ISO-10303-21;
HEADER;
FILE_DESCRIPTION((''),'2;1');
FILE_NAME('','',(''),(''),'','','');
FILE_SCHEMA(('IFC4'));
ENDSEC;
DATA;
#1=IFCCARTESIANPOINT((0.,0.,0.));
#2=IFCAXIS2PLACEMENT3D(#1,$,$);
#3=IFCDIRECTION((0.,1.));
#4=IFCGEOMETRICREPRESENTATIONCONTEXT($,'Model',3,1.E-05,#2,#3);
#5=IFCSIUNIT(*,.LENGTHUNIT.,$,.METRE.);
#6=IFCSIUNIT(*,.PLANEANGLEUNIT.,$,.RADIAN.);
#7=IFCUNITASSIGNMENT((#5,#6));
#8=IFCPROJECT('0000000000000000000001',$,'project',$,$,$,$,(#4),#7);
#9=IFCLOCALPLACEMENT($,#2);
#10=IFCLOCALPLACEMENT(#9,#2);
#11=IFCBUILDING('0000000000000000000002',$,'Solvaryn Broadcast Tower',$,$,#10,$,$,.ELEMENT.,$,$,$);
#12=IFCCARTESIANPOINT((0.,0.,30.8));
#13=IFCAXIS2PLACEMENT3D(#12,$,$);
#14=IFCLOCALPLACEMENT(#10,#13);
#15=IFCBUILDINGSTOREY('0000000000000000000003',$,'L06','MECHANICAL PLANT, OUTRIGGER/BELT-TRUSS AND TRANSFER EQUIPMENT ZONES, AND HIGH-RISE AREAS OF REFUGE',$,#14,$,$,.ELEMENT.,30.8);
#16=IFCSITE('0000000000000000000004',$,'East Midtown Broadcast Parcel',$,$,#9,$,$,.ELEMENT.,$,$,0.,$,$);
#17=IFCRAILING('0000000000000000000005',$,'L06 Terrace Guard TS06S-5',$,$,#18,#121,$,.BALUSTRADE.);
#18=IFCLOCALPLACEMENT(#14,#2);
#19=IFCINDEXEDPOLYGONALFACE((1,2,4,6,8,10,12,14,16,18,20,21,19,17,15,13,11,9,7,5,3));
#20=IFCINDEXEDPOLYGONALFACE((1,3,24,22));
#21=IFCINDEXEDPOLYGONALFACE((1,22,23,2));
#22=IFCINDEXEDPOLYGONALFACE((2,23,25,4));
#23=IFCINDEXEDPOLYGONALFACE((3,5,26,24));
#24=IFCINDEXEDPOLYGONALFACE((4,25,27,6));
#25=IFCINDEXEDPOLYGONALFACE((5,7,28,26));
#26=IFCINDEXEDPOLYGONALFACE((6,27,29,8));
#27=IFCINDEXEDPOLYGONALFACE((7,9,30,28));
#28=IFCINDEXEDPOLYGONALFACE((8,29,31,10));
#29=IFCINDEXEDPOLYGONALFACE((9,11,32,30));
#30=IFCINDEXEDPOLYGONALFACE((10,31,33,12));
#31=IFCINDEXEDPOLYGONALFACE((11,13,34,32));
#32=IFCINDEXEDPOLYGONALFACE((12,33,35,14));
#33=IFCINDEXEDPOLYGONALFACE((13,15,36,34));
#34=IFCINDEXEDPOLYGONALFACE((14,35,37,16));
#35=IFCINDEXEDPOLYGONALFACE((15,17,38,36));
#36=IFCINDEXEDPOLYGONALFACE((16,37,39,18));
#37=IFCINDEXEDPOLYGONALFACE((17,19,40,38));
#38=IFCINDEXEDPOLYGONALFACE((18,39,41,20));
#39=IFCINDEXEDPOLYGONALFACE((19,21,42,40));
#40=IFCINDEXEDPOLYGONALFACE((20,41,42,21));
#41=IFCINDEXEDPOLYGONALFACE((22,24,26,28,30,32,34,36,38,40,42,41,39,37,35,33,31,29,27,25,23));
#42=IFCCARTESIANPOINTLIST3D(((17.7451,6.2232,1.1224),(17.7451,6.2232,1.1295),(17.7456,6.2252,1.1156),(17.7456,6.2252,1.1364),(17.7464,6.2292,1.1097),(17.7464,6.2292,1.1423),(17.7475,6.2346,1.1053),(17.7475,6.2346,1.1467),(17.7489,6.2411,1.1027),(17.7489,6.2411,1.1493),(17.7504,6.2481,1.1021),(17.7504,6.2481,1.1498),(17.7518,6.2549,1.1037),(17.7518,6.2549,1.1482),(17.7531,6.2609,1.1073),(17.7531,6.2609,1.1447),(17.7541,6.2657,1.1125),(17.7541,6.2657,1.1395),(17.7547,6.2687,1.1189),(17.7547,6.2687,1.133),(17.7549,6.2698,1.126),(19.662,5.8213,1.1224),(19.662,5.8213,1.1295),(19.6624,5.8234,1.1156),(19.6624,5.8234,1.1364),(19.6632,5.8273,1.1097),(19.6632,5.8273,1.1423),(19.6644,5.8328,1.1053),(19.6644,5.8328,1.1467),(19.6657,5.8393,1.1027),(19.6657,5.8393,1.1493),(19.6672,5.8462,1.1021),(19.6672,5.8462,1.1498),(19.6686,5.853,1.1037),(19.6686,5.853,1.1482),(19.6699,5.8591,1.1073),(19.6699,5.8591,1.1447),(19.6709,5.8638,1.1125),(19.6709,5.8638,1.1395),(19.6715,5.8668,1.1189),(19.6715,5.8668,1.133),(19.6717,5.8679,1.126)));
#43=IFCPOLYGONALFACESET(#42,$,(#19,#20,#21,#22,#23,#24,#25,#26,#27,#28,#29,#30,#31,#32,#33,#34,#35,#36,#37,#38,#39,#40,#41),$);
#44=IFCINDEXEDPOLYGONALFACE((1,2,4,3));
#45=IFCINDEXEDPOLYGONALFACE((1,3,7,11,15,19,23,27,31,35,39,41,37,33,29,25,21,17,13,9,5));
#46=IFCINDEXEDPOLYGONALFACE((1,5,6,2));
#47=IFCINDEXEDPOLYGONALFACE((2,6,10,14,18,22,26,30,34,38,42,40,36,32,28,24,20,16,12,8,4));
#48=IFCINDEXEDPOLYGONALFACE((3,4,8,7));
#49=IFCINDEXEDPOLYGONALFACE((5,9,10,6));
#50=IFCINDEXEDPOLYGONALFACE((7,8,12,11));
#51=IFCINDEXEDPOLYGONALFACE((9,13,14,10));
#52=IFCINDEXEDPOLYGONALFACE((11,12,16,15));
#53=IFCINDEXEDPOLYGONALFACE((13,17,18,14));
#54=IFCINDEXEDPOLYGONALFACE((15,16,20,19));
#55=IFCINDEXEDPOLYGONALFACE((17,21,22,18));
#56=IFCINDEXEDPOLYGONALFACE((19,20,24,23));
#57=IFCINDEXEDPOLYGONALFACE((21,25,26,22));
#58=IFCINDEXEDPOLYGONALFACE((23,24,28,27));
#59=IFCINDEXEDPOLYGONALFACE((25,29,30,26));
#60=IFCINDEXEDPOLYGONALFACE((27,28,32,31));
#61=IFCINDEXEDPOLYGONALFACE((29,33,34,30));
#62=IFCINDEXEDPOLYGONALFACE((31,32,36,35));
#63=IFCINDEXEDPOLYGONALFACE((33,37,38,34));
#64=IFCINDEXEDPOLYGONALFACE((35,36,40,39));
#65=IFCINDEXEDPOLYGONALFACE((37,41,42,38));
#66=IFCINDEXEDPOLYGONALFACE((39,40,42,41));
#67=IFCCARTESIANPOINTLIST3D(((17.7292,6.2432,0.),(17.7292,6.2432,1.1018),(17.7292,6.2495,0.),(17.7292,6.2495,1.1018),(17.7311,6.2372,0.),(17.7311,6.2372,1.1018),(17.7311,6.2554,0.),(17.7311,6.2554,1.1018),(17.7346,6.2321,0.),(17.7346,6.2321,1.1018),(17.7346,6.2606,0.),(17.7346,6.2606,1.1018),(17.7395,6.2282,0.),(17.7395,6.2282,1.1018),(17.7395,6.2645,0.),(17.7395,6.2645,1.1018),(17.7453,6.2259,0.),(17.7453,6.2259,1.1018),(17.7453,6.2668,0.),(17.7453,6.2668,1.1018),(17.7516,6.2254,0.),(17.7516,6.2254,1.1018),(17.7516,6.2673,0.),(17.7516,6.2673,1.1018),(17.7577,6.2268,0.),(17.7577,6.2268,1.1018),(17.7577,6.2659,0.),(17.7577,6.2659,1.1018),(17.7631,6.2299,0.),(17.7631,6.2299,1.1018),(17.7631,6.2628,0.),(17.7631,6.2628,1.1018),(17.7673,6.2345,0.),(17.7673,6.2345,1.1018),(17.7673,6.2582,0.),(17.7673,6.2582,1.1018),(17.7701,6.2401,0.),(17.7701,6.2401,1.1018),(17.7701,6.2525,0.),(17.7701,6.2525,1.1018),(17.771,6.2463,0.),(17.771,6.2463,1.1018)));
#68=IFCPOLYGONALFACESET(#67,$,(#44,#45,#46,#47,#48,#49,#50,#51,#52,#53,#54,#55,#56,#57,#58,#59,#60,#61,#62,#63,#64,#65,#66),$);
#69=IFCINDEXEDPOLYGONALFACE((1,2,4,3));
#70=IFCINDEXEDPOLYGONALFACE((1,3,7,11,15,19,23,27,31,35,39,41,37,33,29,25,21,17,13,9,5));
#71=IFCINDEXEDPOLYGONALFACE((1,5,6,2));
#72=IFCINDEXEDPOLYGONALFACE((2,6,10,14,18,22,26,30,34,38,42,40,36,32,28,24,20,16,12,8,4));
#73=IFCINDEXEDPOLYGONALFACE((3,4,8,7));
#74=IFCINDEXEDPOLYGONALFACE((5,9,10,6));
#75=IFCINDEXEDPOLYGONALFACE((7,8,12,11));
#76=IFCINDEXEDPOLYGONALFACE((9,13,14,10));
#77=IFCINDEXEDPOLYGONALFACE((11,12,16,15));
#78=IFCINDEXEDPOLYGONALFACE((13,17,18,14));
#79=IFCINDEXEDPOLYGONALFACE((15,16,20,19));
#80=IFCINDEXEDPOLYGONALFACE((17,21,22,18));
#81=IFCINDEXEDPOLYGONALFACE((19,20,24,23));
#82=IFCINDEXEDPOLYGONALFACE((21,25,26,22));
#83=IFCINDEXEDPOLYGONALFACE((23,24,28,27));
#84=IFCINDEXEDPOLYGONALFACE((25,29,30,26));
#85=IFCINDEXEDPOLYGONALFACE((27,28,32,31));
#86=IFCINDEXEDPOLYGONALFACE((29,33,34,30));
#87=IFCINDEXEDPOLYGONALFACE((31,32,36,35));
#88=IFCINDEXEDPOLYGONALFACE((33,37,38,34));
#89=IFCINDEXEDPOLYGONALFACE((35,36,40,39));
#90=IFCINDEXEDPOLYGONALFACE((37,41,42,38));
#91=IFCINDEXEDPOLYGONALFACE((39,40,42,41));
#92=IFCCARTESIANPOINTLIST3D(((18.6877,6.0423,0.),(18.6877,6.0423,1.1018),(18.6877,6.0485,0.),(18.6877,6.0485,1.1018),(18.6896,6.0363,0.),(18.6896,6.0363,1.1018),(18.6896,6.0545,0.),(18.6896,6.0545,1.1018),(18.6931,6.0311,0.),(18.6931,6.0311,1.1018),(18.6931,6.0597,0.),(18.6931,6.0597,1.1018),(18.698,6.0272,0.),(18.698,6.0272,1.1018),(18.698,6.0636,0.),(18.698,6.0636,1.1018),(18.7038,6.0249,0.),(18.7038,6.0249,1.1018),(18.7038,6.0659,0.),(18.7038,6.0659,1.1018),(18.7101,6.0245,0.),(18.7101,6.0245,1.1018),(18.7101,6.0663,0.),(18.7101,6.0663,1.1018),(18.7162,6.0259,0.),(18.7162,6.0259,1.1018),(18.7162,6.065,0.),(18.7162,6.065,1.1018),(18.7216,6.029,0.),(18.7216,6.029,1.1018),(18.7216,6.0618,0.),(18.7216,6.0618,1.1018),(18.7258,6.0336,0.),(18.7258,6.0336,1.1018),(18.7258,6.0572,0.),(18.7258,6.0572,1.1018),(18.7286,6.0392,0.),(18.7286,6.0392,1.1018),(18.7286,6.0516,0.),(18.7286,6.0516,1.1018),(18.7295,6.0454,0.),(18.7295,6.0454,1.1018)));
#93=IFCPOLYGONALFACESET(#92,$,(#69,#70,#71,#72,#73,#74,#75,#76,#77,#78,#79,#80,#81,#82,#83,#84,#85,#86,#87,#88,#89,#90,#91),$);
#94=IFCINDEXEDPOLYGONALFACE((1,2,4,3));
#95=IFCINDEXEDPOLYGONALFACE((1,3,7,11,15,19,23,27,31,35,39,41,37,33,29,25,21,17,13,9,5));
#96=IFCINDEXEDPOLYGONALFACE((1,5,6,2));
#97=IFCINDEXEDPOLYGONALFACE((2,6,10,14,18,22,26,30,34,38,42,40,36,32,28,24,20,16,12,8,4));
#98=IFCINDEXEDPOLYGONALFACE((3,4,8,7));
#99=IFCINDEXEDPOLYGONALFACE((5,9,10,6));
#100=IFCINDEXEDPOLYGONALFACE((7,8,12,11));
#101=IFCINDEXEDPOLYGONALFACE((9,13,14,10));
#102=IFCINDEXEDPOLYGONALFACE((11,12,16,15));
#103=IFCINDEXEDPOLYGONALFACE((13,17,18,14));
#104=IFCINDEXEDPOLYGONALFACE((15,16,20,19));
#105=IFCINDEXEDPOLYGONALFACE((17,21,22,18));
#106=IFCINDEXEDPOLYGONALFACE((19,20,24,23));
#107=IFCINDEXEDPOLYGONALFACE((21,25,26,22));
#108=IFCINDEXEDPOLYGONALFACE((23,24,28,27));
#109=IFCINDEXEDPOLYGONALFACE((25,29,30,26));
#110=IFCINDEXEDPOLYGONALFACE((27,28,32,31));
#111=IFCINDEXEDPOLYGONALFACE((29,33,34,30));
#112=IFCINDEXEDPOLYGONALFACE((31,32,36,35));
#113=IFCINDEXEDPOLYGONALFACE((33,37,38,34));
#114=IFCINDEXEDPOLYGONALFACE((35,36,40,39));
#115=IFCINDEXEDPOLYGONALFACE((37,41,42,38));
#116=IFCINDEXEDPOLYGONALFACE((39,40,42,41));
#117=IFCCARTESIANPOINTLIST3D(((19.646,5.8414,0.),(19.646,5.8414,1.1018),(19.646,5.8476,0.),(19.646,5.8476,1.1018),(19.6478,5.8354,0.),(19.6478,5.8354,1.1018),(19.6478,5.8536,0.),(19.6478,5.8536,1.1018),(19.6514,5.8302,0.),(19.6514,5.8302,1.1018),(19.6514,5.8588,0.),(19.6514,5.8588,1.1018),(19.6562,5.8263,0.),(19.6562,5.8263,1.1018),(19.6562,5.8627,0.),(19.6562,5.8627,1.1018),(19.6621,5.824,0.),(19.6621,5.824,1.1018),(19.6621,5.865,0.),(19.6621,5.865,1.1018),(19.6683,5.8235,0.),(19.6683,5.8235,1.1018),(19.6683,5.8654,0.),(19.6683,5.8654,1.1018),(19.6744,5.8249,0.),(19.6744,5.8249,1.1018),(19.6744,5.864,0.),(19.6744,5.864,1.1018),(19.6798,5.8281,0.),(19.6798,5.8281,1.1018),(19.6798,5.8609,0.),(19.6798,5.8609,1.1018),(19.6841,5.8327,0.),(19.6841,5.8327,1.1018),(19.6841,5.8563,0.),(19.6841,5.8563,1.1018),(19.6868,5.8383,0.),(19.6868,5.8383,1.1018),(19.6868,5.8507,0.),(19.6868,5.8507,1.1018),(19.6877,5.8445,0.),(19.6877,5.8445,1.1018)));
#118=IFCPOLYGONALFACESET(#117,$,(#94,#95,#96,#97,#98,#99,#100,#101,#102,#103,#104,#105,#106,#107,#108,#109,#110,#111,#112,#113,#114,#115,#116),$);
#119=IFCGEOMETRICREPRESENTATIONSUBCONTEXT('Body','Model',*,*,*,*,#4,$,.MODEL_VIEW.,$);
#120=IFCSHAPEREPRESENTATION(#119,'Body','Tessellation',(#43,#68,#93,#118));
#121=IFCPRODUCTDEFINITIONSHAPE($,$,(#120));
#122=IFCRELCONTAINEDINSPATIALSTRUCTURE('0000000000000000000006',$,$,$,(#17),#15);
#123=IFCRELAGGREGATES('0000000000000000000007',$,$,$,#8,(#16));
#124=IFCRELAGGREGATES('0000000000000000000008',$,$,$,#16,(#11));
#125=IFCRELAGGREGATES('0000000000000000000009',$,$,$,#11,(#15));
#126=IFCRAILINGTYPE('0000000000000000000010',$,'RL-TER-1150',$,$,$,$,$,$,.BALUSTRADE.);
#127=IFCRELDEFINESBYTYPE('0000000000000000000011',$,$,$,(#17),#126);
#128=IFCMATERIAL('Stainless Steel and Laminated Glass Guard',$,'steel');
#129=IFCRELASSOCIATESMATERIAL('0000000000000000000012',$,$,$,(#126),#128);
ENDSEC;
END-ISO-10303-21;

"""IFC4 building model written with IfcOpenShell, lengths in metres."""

from ifc_helpers import new_model, si_unit, direction, frame, origin, origin_2d, place, context, subcontext, project, spatial, circle, extrude, material, type_object, element, save


model = new_model("IFC4")

# Units and contexts
model_context = context("Model", 3, precision=1e-05, world=origin(), true_north=direction((0.0, 1.0)))
body_context = subcontext(model_context, "Body", "Model", "MODEL_VIEW")
ifc_project = project(units=[si_unit("LENGTHUNIT", "METRE"), si_unit("PLANEANGLEUNIT", "RADIAN")], contexts=[model_context])

# Site, building, storey
site_placement = place(None, origin())
site = spatial("IfcSite", under=ifc_project, at=site_placement, Name="East Midtown Broadcast Parcel", CompositionType="ELEMENT", RefElevation=0.0)
building_placement = place(site_placement, origin())
building = spatial("IfcBuilding", under=site, at=building_placement, Name="Solvaryn Broadcast Tower", CompositionType="ELEMENT")
storey_placement = place(building_placement, frame((0.0, 0.0, 30.8)))
storey = spatial("IfcBuildingStorey", under=building, at=storey_placement, Name="L06", Description="MECHANICAL PLANT, OUTRIGGER/BELT-TRUSS AND TRANSFER EQUIPMENT ZONES, AND HIGH-RISE AREAS OF REFUGE", CompositionType="ELEMENT", Elevation=30.8)

# Railing
ifc_material_1 = material(Name="Stainless Steel and Laminated Glass Guard", Category="steel")
railing_type = type_object("IfcRailingType", Name="RL-TER-1150", PredefinedType="BALUSTRADE", material=ifc_material_1)
railing_1_placement = place(storey_placement, frame((17.75, 6.2463, 0.0)))
element("IfcRailing", 1, at=railing_1_placement, inside=storey, type_object=railing_type, Name="L06 Terrace Guard TS06S-5", PredefinedType="BALUSTRADE", context=body_context, shape_type="SweptSolid", body=[
    extrude(circle(Radius=0.0239, at=origin_2d()), frame((0.0, 0.0, 1.126), z_axis=(0.978721, -0.205194, 0.0), x_axis=(0.205194, 0.978721, 0.0)), (0.0, 0.0, 1.0), 1.9585),
    extrude(circle(Radius=0.021, at=origin_2d()), origin(), (0.0, 0.0, 1.0), 1.1018),
    extrude(circle(Radius=0.021, at=origin_2d()), frame((0.9585, -0.2009, 0.0)), (0.0, 0.0, 1.0), 1.1018),
    extrude(circle(Radius=0.021, at=origin_2d()), frame((1.9167, -0.4019, 0.0)), (0.0, 0.0, 1.0), 1.1018),
])

save(model, "model.ifc")
